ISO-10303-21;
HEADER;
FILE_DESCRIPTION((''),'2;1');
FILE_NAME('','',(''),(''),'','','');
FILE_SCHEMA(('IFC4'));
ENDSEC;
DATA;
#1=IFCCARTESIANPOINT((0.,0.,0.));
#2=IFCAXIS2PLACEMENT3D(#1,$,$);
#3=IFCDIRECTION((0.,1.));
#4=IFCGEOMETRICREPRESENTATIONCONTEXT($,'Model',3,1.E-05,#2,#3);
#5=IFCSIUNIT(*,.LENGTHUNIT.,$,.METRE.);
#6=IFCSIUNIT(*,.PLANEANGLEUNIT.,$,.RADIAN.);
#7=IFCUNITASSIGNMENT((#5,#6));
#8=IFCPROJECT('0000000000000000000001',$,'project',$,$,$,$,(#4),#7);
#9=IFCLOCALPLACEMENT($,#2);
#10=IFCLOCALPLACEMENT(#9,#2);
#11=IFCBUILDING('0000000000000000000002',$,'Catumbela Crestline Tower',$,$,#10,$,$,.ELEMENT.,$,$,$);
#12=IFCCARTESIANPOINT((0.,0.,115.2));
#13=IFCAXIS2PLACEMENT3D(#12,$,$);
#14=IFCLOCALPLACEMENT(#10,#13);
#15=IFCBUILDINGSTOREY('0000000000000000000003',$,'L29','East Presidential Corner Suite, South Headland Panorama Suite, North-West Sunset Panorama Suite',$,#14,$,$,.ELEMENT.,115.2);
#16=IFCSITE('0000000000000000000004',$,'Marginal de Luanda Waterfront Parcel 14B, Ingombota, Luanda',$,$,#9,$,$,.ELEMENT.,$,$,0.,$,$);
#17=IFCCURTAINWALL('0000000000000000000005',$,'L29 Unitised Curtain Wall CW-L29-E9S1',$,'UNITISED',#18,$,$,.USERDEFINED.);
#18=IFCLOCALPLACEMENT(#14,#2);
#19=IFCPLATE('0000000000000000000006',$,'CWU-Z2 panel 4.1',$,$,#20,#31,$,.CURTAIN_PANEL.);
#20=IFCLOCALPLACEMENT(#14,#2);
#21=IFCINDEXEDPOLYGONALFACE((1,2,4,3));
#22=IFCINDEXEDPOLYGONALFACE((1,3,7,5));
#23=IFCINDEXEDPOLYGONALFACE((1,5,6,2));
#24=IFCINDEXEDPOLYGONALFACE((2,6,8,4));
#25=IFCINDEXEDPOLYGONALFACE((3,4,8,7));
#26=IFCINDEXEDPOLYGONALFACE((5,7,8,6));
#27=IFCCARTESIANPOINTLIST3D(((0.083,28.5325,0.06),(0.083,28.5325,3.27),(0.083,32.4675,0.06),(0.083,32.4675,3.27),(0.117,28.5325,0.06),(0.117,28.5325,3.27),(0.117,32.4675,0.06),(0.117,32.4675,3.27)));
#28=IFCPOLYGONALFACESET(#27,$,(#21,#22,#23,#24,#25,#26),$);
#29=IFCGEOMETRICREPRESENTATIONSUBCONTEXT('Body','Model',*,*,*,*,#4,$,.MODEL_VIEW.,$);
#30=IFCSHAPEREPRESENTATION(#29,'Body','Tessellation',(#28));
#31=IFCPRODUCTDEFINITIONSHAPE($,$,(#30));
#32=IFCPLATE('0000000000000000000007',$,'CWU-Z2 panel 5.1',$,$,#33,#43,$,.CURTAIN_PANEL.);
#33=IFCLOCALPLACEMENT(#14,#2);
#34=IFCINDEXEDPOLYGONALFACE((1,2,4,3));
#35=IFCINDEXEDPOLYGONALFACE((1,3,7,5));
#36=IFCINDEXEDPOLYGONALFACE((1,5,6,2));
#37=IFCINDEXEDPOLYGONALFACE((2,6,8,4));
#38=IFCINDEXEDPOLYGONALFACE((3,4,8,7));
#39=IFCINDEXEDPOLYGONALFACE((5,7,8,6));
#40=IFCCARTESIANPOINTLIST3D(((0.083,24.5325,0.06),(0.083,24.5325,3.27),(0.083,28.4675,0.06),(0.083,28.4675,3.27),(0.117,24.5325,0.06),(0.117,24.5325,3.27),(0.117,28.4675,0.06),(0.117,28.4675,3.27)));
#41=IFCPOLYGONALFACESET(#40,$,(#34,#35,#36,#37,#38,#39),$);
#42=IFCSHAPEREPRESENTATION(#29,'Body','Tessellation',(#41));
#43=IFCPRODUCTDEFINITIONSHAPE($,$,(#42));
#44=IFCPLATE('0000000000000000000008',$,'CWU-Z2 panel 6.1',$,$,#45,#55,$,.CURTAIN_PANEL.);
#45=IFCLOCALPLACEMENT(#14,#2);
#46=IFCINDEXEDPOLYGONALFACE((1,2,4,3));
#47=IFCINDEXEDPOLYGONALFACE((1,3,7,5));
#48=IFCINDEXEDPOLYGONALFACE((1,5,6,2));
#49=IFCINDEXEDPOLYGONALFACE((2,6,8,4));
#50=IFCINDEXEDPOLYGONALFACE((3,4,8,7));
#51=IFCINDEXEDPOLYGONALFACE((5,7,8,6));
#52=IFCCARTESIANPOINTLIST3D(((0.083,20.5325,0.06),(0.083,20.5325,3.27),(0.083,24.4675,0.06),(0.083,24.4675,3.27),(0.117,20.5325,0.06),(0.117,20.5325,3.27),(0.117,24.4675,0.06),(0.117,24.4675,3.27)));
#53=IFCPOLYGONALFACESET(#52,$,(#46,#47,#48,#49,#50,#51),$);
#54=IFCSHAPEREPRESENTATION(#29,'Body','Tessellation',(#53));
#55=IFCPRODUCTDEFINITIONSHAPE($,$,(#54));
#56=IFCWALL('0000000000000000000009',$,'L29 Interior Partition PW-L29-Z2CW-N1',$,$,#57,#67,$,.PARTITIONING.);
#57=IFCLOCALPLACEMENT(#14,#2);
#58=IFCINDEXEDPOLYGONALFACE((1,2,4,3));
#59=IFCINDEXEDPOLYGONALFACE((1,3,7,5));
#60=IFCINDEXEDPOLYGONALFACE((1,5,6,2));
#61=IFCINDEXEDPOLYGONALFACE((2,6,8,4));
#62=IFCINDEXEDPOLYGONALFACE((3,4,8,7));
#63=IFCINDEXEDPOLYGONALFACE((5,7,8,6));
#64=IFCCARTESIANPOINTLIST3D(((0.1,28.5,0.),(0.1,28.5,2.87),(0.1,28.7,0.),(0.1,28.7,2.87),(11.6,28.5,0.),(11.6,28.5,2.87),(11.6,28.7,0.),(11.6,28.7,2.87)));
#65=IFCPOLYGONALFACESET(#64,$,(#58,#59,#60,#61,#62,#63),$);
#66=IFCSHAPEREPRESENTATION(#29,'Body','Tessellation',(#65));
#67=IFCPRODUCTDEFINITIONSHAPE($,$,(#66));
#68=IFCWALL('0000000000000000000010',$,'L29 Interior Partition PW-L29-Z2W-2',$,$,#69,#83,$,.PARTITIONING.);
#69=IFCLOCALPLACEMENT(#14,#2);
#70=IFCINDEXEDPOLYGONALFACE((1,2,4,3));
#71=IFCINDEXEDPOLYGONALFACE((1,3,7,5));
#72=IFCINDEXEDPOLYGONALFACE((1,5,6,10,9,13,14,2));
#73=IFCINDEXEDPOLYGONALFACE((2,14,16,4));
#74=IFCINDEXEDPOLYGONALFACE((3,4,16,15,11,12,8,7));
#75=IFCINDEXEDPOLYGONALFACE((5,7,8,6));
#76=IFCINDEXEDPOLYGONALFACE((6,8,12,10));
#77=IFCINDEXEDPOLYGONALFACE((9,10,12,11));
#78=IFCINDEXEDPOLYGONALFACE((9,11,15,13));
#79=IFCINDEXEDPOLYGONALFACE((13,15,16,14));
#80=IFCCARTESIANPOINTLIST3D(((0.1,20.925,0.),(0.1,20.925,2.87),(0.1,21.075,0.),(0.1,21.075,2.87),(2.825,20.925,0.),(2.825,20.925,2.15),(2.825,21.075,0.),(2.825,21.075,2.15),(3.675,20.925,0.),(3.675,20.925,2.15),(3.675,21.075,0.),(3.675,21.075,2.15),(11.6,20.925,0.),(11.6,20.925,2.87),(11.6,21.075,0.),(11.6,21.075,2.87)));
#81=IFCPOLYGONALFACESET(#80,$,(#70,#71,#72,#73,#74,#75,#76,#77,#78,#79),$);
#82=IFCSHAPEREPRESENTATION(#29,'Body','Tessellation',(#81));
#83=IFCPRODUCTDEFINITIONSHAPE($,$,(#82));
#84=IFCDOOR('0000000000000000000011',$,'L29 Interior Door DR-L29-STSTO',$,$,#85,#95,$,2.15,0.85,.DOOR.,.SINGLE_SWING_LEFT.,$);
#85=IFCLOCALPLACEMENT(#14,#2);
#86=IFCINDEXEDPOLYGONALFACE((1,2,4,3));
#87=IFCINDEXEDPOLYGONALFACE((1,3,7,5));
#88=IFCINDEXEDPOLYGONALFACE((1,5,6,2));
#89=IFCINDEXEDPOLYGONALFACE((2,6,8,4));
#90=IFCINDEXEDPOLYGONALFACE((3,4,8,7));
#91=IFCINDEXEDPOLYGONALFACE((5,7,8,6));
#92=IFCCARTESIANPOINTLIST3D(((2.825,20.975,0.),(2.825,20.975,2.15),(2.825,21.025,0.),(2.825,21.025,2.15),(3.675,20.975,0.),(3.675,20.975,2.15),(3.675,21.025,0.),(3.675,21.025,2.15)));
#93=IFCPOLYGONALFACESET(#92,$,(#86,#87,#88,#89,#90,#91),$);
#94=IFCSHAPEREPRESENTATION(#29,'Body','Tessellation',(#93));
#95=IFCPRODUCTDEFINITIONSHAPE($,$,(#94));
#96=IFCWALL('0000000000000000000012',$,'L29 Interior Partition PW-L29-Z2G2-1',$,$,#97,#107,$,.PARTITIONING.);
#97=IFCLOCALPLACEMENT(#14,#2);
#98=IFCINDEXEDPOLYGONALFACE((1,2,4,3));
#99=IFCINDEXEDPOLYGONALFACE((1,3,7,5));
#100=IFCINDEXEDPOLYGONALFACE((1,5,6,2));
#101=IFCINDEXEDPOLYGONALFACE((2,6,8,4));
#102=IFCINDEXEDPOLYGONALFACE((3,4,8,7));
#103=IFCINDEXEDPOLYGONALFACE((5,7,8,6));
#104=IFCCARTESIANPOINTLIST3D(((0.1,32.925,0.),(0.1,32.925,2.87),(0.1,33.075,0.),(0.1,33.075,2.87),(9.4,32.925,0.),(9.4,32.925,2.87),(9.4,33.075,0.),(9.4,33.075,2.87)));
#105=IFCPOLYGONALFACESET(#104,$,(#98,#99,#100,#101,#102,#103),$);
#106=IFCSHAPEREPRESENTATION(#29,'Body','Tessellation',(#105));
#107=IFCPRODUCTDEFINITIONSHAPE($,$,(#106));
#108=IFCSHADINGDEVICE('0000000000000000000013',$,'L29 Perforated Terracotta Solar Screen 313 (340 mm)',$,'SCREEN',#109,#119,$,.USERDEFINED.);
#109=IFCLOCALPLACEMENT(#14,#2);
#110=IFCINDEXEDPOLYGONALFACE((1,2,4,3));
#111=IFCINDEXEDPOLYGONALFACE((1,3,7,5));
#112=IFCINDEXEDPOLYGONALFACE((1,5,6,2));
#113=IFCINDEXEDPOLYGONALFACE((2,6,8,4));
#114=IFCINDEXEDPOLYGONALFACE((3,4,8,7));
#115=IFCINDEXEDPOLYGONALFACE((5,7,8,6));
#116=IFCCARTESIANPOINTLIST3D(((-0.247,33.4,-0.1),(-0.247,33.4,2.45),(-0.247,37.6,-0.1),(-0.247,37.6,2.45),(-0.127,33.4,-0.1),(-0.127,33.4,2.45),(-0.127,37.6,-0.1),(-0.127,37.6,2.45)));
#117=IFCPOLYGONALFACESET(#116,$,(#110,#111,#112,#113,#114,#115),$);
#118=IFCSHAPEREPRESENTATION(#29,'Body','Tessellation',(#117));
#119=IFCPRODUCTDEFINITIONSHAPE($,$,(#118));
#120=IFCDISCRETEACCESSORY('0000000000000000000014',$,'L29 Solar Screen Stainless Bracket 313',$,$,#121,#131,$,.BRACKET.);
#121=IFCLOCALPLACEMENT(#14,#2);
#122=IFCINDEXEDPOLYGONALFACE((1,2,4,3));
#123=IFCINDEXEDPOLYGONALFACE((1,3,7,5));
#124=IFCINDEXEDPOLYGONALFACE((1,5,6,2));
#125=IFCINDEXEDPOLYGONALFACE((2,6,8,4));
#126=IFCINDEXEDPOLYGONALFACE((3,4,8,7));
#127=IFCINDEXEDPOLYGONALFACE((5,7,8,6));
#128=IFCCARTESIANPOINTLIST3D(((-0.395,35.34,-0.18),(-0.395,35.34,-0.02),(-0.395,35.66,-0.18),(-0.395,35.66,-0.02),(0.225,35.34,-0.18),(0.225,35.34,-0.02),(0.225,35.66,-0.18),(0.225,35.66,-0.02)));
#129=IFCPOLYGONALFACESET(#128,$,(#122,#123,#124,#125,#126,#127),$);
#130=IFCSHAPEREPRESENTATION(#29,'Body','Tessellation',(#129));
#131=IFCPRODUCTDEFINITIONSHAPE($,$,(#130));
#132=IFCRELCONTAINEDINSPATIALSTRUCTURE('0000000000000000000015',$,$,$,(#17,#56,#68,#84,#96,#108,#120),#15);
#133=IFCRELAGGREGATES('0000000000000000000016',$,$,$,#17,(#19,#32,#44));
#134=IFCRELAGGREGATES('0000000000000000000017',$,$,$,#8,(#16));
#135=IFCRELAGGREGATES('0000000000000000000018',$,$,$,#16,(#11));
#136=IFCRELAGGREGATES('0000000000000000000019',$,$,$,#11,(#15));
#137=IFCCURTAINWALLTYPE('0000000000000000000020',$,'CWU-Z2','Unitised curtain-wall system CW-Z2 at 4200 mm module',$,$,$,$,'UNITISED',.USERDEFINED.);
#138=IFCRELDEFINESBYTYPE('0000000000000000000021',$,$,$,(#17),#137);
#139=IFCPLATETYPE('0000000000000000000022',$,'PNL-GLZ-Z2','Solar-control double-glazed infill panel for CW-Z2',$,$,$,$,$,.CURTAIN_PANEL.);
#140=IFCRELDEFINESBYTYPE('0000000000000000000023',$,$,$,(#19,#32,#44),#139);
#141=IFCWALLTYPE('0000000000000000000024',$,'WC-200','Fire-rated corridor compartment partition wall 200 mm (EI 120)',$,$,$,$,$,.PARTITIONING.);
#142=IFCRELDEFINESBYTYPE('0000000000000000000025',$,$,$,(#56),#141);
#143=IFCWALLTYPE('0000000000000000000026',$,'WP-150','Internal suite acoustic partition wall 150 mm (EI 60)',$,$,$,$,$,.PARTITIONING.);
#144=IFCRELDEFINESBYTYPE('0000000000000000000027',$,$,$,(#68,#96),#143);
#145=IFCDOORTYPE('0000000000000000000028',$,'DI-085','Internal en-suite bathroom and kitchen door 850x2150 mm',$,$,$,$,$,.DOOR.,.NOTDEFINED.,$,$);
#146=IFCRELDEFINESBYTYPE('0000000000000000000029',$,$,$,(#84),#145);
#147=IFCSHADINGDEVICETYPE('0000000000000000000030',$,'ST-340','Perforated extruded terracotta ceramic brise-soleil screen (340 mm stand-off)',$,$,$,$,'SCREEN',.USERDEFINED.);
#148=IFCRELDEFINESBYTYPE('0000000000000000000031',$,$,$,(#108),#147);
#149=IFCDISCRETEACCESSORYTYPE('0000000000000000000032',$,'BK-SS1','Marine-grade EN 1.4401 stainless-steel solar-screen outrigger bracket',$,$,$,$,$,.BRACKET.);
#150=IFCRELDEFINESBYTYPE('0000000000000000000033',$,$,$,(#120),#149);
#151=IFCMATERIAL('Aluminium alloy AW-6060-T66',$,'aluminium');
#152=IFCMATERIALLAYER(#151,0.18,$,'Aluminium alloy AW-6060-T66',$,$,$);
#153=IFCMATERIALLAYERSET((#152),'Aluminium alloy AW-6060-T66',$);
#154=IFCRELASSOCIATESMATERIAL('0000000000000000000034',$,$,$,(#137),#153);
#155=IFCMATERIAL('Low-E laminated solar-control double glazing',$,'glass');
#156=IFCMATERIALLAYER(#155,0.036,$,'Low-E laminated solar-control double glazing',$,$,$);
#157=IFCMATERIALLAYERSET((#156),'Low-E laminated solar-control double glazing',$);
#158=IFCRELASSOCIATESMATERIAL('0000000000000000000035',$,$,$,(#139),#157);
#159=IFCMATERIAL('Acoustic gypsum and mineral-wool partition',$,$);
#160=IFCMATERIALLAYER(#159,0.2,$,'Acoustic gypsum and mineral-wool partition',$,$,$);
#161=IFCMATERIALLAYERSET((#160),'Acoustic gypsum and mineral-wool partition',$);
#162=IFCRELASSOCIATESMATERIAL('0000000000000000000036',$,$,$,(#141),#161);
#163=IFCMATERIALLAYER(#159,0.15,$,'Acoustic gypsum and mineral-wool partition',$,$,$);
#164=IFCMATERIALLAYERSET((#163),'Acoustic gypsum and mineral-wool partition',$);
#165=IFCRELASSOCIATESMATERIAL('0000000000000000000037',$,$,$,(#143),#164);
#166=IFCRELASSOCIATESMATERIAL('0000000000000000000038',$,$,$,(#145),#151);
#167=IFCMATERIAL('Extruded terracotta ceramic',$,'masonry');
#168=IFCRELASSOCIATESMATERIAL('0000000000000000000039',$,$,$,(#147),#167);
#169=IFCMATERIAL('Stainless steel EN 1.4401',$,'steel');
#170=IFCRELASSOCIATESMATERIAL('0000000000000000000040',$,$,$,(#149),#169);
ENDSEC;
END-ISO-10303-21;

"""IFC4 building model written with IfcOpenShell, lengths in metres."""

from ifc_helpers import new_model, si_unit, direction, frame, frame_2d, origin, origin_2d, place, context, subcontext, project, spatial, rectangle, extrude, material, layer, layer_set, type_object, element, fill, aggregate, save


model = new_model("IFC4")

# Units and contexts
model_context = context("Model", 3, precision=1e-05, world=origin(), true_north=direction((0.0, 1.0)))
body_context = subcontext(model_context, "Body", "Model", "MODEL_VIEW")
ifc_project = project(units=[si_unit("LENGTHUNIT", "METRE"), si_unit("PLANEANGLEUNIT", "RADIAN")], contexts=[model_context])

# Site, building, storey
site_placement = place(None, origin())
site = spatial("IfcSite", under=ifc_project, at=site_placement, Name="Marginal de Luanda Waterfront Parcel 14B, Ingombota, Luanda", CompositionType="ELEMENT", RefElevation=0.0)
building_placement = place(site_placement, origin())
building = spatial("IfcBuilding", under=site, at=building_placement, Name="Catumbela Crestline Tower", CompositionType="ELEMENT")
storey_placement = place(building_placement, frame((0.0, 0.0, 115.2)))
storey = spatial("IfcBuildingStorey", under=building, at=storey_placement, Name="L29", Description="East Presidential Corner Suite, South Headland Panorama Suite, North-West Sunset Panorama Suite", CompositionType="ELEMENT", Elevation=115.2)

# Curtain wall
ifc_material_1 = material(Name="Aluminium alloy AW-6060-T66", Category="aluminium")
ifc_layer_1 = layer(ifc_material_1, 0.18, Name="Aluminium alloy AW-6060-T66")
ifc_layer_set_1 = layer_set([ifc_layer_1], Name="Aluminium alloy AW-6060-T66")
curtain_wall_type = type_object("IfcCurtainWallType", Name="CWU-Z2", Description="Unitised curtain-wall system CW-Z2 at 4200 mm module", ElementType="UNITISED", PredefinedType="USERDEFINED", material=ifc_layer_set_1)
curtain_wall_placement = place(storey_placement, origin())
curtain_wall = element("IfcCurtainWall", 1, at=curtain_wall_placement, inside=storey, type_object=curtain_wall_type, Name="L29 Unitised Curtain Wall CW-L29-E9S1", ObjectType="UNITISED", PredefinedType="USERDEFINED")

# Plates
ifc_material_2 = material(Name="Low-E laminated solar-control double glazing", Category="glass")
ifc_layer_2 = layer(ifc_material_2, 0.036, Name="Low-E laminated solar-control double glazing")
ifc_layer_set_2 = layer_set([ifc_layer_2], Name="Low-E laminated solar-control double glazing")
plate_type = type_object("IfcPlateType", Name="PNL-GLZ-Z2", Description="Solar-control double-glazed infill panel for CW-Z2", PredefinedType="CURTAIN_PANEL", material=ifc_layer_set_2)
plate_1_placement = place(storey_placement, frame((0.1, 30.5, 0.06), z_axis=(0.0, 0.0, 1.0), x_axis=(0.0, -1.0, 0.0)))
plate_1 = element("IfcPlate", 2, at=plate_1_placement, type_object=plate_type, Name="CWU-Z2 panel 4.1", PredefinedType="CURTAIN_PANEL", context=body_context, shape_type="SweptSolid", body=[
    extrude(rectangle(XDim=3.935, YDim=0.034, at=origin_2d()), origin(), (0.0, 0.0, 1.0), 3.21),
])
plate_2_placement = place(storey_placement, frame((0.1, 26.5, 0.06), z_axis=(0.0, 0.0, 1.0), x_axis=(0.0, -1.0, 0.0)))
plate_2 = element("IfcPlate", 3, at=plate_2_placement, type_object=plate_type, Name="CWU-Z2 panel 5.1", PredefinedType="CURTAIN_PANEL", context=body_context, shape_type="SweptSolid", body=[
    extrude(rectangle(XDim=3.935, YDim=0.034, at=origin_2d()), origin(), (0.0, 0.0, 1.0), 3.21),
])
plate_3_placement = place(storey_placement, frame((0.1, 22.5, 0.06), z_axis=(0.0, 0.0, 1.0), x_axis=(0.0, -1.0, 0.0)))
plate_3 = element("IfcPlate", 4, at=plate_3_placement, type_object=plate_type, Name="CWU-Z2 panel 6.1", PredefinedType="CURTAIN_PANEL", context=body_context, shape_type="SweptSolid", body=[
    extrude(rectangle(XDim=3.935, YDim=0.034, at=origin_2d()), origin(), (0.0, 0.0, 1.0), 3.21),
])
aggregate(curtain_wall, [plate_1, plate_2, plate_3])

# Wall
ifc_material_3 = material(Name="Acoustic gypsum and mineral-wool partition")
ifc_layer_3 = layer(ifc_material_3, 0.2, Name="Acoustic gypsum and mineral-wool partition")
ifc_layer_set_3 = layer_set([ifc_layer_3], Name="Acoustic gypsum and mineral-wool partition")
wall_type_1 = type_object("IfcWallType", Name="WC-200", Description="Fire-rated corridor compartment partition wall 200 mm (EI 120)", PredefinedType="PARTITIONING", material=ifc_layer_set_3)
wall_1_placement = place(storey_placement, frame((0.1, 28.6, 0.0), z_axis=(0.0, 0.0, 1.0), x_axis=(1.0, 0.0, 0.0)))
element("IfcWall", 5, at=wall_1_placement, inside=storey, type_object=wall_type_1, Name="L29 Interior Partition PW-L29-Z2CW-N1", PredefinedType="PARTITIONING", context=body_context, shape_type="SweptSolid", body=[
    extrude(rectangle(XDim=11.5, YDim=0.2, at=frame_2d((5.75, 0.0))), origin(), (0.0, 0.0, 1.0), 2.87),
])

# Wall, opening, door
ifc_layer_4 = layer(ifc_material_3, 0.15, Name="Acoustic gypsum and mineral-wool partition")
ifc_layer_set_4 = layer_set([ifc_layer_4], Name="Acoustic gypsum and mineral-wool partition")
wall_type_2 = type_object("IfcWallType", Name="WP-150", Description="Internal suite acoustic partition wall 150 mm (EI 60)", PredefinedType="PARTITIONING", material=ifc_layer_set_4)
wall_2_placement = place(storey_placement, frame((0.1, 21.0, 0.0), z_axis=(0.0, 0.0, 1.0), x_axis=(1.0, 0.0, 0.0)))
wall_2 = element("IfcWall", 6, at=wall_2_placement, inside=storey, type_object=wall_type_2, Name="L29 Interior Partition PW-L29-Z2W-2", PredefinedType="PARTITIONING", context=body_context, shape_type="SweptSolid", body=[
    extrude(rectangle(XDim=11.5, YDim=0.15, at=frame_2d((5.75, 0.0))), origin(), (0.0, 0.0, 1.0), 2.87),
])
opening_placement = place(wall_2_placement, frame((2.725, 0.0, 0.0)))
opening = element("IfcOpeningElement", 7, at=opening_placement, cuts=wall_2, PredefinedType="OPENING", context=body_context, shape_type="SweptSolid", body=[
    extrude(rectangle(XDim=0.85, YDim=2.15, at=frame_2d((0.425, 1.075))), frame((0.0, 0.085, 0.0), z_axis=(0.0, -1.0, 0.0), x_axis=(1.0, 0.0, 0.0)), (0.0, 0.0, 1.0), 0.17),
])
door_type = type_object("IfcDoorType", Name="DI-085", Description="Internal en-suite bathroom and kitchen door 850x2150 mm", OperationType="NOTDEFINED", PredefinedType="DOOR", material=ifc_material_1)
door_placement = place(opening_placement, origin())
door = element("IfcDoor", 8, at=door_placement, inside=storey, type_object=door_type, Name="L29 Interior Door DR-L29-STSTO", OperationType="SINGLE_SWING_LEFT", OverallHeight=2.15, OverallWidth=0.85, PredefinedType="DOOR", context=body_context, shape_type="SweptSolid", body=[
    extrude(rectangle(XDim=0.85, YDim=2.15, at=frame_2d((0.425, 1.075))), frame((0.0, 0.025, 0.0), z_axis=(0.0, -1.0, 0.0), x_axis=(1.0, 0.0, 0.0)), (0.0, 0.0, 1.0), 0.05),
])
fill(opening, door)

# Wall
wall_3_placement = place(storey_placement, frame((0.1, 33.0, 0.0), z_axis=(0.0, 0.0, 1.0), x_axis=(1.0, 0.0, 0.0)))
element("IfcWall", 9, at=wall_3_placement, inside=storey, type_object=wall_type_2, Name="L29 Interior Partition PW-L29-Z2G2-1", PredefinedType="PARTITIONING", context=body_context, shape_type="SweptSolid", body=[
    extrude(rectangle(XDim=9.3, YDim=0.15, at=frame_2d((4.65, 0.0))), origin(), (0.0, 0.0, 1.0), 2.87),
])

# Shading device
ifc_material_4 = material(Name="Extruded terracotta ceramic", Category="masonry")
shading_device_type = type_object("IfcShadingDeviceType", Name="ST-340", Description="Perforated extruded terracotta ceramic brise-soleil screen (340 mm stand-off)", ElementType="SCREEN", PredefinedType="USERDEFINED", material=ifc_material_4)
shading_device_placement = place(storey_placement, frame((-0.187, 35.5, -0.1), z_axis=(0.0, 0.0, 1.0), x_axis=(0.0, -1.0, 0.0)))
element("IfcShadingDevice", 10, at=shading_device_placement, inside=storey, type_object=shading_device_type, Name="L29 Perforated Terracotta Solar Screen 313 (340 mm)", ObjectType="SCREEN", PredefinedType="USERDEFINED", context=body_context, shape_type="SweptSolid", body=[
    extrude(rectangle(XDim=4.2, YDim=0.12, at=origin_2d()), origin(), (0.0, 0.0, 1.0), 2.55),
])

# Discrete accessory
ifc_material_5 = material(Name="Stainless steel EN 1.4401", Category="steel")
discrete_accessory_type = type_object("IfcDiscreteAccessoryType", Name="BK-SS1", Description="Marine-grade EN 1.4401 stainless-steel solar-screen outrigger bracket", PredefinedType="BRACKET", material=ifc_material_5)
discrete_accessory_placement = place(storey_placement, frame((-0.085, 35.5, -0.18), z_axis=(0.0, 0.0, 1.0), x_axis=(0.0, -1.0, 0.0)))
element("IfcDiscreteAccessory", 11, at=discrete_accessory_placement, inside=storey, type_object=discrete_accessory_type, Name="L29 Solar Screen Stainless Bracket 313", PredefinedType="BRACKET", context=body_context, shape_type="SweptSolid", body=[
    extrude(rectangle(XDim=0.32, YDim=0.62, at=origin_2d()), origin(), (0.0, 0.0, 1.0), 0.16),
])

save(model, "model.ifc")
